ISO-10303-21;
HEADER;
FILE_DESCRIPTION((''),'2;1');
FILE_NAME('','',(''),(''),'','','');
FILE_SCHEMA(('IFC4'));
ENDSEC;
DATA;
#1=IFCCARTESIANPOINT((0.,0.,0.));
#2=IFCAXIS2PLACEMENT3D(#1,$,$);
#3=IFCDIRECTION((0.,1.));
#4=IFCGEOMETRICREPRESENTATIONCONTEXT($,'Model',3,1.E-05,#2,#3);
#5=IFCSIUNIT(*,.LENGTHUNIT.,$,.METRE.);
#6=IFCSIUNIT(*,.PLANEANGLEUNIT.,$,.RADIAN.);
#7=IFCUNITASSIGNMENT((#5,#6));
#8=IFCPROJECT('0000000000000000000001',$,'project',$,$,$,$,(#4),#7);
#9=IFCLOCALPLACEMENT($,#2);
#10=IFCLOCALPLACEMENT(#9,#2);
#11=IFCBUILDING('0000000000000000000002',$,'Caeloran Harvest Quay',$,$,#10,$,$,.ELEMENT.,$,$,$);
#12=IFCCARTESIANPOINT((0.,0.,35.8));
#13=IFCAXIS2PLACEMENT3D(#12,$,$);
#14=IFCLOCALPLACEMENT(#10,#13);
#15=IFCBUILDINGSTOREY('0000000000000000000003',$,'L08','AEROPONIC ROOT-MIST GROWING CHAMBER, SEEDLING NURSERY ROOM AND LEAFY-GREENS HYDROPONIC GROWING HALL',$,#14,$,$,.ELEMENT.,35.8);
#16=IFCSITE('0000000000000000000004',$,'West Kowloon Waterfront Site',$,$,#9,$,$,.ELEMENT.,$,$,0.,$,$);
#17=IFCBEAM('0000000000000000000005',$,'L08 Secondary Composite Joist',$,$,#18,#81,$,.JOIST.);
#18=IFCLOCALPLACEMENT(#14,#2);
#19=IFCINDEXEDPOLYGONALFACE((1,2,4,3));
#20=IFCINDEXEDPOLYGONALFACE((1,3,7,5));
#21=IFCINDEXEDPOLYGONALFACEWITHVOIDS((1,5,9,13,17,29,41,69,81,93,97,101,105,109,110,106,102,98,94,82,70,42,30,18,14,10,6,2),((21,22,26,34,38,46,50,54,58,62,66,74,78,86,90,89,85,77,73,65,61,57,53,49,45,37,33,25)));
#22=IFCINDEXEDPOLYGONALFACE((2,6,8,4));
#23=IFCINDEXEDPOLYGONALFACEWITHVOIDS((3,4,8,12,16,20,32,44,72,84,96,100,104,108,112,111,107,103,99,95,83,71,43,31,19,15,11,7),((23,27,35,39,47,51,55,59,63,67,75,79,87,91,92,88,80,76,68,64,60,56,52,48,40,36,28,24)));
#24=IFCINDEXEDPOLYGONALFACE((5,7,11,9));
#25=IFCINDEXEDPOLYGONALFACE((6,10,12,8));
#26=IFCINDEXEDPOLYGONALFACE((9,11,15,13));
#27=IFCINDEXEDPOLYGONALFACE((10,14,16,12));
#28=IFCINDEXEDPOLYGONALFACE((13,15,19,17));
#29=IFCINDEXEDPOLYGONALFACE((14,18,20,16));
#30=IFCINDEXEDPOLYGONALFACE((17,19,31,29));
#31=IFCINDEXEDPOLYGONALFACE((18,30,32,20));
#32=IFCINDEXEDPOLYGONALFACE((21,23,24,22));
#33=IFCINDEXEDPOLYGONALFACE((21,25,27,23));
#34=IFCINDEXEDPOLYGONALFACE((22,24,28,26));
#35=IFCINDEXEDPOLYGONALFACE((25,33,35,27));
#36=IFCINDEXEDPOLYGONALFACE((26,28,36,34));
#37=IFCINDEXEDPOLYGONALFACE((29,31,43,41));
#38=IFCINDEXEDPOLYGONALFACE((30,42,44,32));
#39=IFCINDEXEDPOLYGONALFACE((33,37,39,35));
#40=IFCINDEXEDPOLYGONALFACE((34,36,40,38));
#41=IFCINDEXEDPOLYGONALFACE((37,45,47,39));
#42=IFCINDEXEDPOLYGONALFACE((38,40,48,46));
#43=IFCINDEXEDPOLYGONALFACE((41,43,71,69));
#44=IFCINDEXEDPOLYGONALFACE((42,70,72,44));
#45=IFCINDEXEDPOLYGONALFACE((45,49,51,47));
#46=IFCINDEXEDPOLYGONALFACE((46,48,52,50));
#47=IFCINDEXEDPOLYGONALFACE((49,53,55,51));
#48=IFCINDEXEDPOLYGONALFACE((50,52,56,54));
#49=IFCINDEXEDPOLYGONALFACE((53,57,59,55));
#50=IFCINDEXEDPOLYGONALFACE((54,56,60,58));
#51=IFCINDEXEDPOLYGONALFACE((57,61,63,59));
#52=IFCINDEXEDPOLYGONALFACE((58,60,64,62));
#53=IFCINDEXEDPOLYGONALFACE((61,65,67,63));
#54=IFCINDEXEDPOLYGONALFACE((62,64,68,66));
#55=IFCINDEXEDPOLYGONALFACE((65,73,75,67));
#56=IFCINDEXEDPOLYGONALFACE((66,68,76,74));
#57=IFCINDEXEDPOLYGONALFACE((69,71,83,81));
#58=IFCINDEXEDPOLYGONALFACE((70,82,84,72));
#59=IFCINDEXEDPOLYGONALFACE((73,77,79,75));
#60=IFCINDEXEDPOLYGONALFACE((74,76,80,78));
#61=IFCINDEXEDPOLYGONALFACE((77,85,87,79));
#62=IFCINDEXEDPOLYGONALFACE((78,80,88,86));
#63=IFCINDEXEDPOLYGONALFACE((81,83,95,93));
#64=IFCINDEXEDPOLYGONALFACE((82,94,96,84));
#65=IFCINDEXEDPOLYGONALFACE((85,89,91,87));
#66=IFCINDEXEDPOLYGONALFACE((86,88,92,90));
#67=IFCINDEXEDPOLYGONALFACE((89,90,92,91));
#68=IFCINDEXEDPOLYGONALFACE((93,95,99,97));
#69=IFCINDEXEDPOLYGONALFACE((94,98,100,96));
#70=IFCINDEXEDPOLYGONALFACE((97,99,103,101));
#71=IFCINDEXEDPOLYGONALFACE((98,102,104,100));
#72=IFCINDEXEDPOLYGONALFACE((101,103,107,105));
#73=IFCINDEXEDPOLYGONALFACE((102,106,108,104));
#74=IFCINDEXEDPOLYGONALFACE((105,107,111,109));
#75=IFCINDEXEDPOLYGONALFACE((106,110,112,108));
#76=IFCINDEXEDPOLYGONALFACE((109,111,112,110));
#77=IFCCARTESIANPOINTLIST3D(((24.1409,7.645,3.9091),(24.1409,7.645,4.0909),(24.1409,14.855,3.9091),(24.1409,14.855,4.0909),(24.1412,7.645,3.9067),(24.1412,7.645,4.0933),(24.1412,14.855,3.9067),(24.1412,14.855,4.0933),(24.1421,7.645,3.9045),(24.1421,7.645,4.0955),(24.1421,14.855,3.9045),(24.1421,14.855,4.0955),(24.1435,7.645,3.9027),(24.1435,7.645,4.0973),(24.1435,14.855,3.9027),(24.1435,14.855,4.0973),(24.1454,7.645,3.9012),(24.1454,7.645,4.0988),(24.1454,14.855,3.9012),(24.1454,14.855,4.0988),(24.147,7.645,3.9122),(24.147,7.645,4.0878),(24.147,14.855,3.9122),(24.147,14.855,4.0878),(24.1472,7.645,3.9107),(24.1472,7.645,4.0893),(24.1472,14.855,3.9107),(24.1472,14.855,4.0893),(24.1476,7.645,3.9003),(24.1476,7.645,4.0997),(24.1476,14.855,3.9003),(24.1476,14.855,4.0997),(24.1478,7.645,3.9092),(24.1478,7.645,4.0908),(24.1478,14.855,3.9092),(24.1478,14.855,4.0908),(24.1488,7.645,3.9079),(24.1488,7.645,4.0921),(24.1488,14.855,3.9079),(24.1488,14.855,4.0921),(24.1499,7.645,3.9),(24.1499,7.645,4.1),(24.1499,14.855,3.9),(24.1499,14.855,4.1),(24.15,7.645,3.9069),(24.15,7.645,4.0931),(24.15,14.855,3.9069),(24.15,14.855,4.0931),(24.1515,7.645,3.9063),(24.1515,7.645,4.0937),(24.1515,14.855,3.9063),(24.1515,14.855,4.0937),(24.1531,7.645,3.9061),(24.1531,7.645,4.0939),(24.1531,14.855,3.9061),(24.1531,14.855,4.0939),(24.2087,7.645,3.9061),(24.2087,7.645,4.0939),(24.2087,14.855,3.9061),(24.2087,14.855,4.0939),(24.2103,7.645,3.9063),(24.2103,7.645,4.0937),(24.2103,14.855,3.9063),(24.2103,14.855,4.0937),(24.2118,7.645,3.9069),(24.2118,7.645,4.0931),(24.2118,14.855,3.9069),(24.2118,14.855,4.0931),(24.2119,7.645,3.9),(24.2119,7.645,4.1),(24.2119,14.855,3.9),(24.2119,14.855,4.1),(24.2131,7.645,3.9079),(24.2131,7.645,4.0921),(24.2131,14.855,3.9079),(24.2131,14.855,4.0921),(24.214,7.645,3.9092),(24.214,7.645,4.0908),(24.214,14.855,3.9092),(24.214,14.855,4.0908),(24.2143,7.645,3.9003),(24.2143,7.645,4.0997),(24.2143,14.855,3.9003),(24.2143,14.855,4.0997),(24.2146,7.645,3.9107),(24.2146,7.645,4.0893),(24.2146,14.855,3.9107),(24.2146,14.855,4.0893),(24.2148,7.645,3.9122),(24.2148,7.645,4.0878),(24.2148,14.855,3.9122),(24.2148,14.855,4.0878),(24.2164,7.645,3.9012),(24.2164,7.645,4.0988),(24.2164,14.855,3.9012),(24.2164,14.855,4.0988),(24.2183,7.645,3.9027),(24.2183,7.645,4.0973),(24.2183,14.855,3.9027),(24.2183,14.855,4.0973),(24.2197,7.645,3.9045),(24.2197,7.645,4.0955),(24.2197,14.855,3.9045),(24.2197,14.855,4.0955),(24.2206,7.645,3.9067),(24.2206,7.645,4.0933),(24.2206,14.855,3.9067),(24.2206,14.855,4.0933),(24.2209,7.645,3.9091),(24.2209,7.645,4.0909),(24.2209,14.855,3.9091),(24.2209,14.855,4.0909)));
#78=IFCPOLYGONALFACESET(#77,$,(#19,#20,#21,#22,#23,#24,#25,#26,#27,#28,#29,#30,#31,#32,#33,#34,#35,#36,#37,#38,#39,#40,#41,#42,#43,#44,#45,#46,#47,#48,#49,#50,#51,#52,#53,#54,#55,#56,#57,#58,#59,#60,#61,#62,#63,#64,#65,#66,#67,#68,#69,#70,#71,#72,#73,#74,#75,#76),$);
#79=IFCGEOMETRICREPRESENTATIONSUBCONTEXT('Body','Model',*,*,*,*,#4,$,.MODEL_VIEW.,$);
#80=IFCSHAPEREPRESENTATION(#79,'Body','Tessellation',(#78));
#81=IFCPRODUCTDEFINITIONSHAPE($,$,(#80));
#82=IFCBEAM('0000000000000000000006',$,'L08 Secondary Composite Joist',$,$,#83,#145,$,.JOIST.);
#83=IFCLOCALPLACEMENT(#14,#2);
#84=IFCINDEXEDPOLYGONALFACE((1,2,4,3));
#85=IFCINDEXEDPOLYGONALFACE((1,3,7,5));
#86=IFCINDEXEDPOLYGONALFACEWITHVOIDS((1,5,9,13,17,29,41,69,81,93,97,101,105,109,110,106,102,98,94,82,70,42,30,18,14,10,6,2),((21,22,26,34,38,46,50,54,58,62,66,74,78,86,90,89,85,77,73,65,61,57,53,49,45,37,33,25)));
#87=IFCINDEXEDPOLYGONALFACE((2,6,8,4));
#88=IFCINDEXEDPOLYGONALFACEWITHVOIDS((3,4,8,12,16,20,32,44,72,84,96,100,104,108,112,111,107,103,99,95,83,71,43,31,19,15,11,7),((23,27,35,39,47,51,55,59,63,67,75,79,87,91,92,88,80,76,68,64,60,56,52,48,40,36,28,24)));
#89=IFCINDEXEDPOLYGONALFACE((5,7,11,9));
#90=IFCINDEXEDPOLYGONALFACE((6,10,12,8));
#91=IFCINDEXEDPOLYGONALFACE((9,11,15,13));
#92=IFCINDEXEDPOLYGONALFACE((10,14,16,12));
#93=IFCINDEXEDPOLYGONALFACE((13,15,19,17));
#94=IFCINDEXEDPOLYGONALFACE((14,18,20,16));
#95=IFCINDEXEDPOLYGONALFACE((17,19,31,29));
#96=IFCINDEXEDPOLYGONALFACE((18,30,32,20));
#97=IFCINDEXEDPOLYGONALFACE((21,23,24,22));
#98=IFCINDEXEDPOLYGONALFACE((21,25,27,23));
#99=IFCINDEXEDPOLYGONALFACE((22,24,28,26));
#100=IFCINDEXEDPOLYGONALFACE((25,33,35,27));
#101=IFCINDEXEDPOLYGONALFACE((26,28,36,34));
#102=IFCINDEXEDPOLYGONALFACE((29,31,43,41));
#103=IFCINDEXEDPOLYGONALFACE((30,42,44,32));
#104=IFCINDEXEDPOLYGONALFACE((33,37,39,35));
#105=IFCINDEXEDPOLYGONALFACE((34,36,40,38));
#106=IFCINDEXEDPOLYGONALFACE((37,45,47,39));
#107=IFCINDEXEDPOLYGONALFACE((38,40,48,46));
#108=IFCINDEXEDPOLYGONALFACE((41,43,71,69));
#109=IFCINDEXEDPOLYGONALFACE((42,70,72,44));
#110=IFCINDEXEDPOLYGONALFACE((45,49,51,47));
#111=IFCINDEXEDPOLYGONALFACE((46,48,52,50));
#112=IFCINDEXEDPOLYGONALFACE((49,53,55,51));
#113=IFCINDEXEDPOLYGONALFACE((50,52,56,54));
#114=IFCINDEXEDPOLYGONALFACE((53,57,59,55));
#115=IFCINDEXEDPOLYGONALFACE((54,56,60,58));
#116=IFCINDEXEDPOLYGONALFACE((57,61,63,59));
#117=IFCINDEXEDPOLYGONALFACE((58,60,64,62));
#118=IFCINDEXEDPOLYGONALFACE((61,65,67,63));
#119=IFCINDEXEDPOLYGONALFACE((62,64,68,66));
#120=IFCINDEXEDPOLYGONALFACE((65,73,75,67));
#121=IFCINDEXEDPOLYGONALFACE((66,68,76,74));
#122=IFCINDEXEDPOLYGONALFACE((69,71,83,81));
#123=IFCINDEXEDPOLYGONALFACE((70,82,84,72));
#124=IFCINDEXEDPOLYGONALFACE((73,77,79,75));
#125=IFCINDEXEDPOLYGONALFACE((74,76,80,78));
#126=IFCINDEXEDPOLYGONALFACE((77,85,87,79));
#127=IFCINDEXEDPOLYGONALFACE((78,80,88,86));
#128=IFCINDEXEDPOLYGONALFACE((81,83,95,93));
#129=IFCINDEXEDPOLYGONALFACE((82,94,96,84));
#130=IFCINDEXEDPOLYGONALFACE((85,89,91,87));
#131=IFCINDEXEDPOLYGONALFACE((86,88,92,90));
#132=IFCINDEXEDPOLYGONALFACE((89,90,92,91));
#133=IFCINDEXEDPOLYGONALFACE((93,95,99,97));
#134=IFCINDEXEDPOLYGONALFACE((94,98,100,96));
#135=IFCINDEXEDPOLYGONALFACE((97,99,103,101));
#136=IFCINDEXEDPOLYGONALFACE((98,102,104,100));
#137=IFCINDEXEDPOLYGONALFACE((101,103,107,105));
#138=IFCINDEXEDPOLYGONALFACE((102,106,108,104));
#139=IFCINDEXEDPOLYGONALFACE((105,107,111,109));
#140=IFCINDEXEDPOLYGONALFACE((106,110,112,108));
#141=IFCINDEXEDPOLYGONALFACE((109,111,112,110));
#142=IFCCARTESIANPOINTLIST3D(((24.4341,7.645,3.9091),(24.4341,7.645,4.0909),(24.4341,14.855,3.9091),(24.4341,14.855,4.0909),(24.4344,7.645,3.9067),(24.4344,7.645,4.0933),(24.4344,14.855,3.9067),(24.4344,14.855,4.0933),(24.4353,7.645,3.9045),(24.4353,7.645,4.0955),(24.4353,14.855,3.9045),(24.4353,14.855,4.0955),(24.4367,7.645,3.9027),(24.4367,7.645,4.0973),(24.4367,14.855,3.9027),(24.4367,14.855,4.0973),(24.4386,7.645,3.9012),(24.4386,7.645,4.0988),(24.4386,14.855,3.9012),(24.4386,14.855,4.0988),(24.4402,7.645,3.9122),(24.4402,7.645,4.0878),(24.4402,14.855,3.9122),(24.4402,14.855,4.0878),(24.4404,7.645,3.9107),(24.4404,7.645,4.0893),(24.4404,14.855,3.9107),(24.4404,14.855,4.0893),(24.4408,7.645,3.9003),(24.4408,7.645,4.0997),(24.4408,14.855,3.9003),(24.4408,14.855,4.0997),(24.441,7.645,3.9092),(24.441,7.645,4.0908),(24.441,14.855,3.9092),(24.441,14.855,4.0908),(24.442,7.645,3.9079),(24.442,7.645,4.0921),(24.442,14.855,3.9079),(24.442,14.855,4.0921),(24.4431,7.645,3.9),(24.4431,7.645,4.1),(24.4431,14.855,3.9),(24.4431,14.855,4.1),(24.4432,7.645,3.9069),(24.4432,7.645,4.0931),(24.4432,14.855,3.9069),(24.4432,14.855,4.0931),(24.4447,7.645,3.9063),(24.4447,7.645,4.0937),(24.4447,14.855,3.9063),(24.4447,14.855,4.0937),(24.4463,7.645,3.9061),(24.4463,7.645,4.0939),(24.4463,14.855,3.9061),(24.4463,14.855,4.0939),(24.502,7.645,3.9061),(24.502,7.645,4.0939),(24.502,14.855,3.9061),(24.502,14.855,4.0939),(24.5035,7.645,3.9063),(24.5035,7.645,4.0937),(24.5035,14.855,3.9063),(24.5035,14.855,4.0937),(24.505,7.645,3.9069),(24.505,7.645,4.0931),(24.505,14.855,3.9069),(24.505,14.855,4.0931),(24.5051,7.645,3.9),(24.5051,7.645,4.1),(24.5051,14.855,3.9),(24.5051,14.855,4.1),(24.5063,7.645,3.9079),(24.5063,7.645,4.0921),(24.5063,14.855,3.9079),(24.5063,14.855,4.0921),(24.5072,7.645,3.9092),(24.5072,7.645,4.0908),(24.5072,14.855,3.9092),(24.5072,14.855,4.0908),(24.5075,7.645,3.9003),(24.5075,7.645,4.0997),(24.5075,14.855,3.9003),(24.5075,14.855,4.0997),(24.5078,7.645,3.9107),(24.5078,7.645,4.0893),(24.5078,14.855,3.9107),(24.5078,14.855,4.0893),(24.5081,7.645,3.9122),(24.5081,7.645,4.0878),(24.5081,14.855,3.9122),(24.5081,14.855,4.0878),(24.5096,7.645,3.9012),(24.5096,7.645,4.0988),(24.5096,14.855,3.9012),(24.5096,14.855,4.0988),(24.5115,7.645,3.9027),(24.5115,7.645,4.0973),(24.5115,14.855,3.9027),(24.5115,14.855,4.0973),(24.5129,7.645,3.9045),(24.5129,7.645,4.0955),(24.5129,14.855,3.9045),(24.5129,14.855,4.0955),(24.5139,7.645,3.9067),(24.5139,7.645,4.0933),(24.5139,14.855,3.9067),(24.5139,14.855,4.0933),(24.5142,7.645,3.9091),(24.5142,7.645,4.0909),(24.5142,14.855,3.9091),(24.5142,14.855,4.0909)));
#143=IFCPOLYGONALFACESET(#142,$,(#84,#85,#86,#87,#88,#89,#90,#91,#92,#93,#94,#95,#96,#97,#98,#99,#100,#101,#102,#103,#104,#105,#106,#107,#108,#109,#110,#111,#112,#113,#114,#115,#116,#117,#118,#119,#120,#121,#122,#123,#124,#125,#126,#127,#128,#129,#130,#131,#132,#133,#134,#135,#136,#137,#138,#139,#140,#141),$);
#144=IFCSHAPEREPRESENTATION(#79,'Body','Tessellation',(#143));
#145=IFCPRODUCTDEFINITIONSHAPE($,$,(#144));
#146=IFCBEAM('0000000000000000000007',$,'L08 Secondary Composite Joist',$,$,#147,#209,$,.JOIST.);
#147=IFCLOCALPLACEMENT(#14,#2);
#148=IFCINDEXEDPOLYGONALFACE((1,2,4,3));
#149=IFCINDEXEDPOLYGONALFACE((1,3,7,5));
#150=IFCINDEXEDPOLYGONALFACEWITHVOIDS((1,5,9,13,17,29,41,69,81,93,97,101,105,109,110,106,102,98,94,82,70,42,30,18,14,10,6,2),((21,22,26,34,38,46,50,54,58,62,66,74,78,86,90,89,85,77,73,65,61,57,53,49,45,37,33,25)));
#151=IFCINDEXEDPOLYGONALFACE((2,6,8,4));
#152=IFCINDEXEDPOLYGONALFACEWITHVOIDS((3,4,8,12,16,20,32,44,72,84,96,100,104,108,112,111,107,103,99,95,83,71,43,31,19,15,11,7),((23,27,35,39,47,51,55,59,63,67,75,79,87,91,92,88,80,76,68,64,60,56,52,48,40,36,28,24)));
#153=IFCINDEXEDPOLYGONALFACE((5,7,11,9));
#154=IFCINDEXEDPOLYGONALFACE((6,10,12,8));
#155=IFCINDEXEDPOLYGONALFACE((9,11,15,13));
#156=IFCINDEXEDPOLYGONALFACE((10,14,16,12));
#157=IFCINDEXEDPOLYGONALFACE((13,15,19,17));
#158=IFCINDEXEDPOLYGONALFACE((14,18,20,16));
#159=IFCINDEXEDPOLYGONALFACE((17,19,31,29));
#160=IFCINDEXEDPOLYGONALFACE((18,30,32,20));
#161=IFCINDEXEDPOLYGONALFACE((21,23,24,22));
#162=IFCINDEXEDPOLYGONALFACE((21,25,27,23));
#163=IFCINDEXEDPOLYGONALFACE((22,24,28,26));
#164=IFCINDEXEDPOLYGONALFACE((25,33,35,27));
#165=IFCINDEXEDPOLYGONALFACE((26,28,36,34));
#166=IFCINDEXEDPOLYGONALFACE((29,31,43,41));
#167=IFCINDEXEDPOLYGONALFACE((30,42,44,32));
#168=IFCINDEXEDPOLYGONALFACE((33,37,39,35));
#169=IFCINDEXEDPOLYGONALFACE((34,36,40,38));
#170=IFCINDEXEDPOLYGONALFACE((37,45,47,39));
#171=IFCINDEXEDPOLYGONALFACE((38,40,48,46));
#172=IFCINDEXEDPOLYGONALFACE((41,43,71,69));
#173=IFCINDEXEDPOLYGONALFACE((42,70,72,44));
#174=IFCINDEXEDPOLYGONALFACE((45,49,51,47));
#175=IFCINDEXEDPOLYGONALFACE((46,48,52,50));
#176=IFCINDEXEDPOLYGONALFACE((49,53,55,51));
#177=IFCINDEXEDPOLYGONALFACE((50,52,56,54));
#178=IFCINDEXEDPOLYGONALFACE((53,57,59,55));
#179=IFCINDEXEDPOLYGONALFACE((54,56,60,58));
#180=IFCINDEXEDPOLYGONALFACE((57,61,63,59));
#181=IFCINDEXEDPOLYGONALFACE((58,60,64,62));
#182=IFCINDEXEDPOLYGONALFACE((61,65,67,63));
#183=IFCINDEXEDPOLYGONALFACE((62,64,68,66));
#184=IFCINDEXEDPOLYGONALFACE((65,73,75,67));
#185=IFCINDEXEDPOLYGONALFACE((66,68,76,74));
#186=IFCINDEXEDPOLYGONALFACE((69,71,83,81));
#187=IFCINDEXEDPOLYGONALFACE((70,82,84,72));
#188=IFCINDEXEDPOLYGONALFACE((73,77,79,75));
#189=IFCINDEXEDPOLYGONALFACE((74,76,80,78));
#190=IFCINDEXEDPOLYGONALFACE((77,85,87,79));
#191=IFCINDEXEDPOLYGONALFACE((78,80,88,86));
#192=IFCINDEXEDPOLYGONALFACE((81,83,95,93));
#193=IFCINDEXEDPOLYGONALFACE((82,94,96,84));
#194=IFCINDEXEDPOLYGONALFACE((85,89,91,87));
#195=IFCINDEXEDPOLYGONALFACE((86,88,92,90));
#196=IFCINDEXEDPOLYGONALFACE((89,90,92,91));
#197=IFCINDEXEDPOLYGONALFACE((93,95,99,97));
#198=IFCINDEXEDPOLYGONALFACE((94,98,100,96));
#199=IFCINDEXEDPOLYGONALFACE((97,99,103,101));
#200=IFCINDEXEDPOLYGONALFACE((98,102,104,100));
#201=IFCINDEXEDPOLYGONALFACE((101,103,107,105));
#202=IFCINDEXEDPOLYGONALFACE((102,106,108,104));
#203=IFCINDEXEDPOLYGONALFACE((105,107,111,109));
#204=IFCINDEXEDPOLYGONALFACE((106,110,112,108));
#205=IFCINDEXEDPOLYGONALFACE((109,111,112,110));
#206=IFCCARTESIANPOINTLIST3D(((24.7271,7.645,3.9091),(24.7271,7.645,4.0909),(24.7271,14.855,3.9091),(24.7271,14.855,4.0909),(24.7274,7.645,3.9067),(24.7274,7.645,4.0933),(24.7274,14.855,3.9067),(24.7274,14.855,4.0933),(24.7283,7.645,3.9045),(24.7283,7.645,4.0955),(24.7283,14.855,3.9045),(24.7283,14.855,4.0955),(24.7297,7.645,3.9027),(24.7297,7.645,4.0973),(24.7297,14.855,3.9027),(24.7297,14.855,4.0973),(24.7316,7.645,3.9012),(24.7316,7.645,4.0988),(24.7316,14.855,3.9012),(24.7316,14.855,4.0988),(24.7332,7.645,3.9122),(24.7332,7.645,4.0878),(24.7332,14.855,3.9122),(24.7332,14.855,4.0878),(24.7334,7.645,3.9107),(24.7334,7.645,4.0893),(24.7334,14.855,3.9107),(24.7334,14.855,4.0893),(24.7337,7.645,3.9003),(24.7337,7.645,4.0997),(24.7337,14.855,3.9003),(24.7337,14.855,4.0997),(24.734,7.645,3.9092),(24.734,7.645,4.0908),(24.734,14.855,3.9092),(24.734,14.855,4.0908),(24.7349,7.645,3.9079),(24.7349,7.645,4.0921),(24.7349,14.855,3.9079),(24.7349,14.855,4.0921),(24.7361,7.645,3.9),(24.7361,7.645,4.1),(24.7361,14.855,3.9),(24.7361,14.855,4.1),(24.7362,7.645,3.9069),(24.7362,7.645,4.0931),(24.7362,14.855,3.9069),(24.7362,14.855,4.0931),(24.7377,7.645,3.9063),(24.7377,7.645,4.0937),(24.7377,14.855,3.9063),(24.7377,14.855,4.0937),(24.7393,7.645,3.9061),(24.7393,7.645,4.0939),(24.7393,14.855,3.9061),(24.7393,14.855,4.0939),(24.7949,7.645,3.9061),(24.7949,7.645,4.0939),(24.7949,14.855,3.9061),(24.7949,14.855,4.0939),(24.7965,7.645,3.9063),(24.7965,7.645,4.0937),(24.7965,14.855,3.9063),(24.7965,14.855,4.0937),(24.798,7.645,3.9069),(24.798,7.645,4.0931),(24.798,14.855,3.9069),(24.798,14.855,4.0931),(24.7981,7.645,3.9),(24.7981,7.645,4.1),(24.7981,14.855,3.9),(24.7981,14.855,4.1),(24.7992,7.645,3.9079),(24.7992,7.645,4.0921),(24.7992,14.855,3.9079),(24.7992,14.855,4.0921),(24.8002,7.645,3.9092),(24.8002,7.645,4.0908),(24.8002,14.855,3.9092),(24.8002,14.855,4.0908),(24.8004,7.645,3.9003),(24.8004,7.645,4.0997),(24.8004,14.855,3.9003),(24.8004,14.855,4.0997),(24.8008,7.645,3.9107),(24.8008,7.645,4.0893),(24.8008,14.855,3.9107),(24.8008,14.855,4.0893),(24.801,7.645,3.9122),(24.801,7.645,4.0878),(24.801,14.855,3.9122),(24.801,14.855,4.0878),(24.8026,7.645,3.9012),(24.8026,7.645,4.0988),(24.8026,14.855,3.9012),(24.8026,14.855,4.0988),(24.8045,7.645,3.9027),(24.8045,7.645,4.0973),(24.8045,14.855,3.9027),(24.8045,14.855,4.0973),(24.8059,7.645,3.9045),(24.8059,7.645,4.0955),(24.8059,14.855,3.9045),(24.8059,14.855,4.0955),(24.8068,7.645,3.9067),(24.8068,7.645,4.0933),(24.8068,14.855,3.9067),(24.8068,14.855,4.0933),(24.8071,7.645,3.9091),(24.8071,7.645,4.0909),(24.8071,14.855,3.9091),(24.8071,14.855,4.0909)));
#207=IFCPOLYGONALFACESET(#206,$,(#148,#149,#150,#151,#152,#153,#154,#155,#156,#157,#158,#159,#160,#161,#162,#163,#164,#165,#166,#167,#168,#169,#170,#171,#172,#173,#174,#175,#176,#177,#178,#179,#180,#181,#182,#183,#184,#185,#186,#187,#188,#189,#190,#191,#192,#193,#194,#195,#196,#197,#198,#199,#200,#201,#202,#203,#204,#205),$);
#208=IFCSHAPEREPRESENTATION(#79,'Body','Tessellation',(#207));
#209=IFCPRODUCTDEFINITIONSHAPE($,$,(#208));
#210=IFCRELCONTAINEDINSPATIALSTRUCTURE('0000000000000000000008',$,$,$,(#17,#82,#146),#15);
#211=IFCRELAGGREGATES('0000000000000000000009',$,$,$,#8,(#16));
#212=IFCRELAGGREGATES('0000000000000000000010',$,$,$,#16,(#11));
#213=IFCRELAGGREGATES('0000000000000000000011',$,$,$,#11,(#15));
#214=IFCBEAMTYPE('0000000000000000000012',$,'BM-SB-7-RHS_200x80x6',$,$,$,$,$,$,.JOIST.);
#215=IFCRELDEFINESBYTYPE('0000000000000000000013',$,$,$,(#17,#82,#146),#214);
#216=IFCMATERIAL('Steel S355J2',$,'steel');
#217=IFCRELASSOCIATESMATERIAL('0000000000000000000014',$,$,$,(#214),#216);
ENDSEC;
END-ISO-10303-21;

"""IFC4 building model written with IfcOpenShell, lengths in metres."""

from ifc_helpers import new_model, si_unit, direction, frame, origin, origin_2d, place, context, subcontext, project, spatial, hollow_rectangle, extrude, material, material_profile, profile_set, type_object, element, save


model = new_model("IFC4")

# Units and contexts
model_context = context("Model", 3, precision=1e-05, world=origin(), true_north=direction((0.0, 1.0)))
body_context = subcontext(model_context, "Body", "Model", "MODEL_VIEW")
ifc_project = project(units=[si_unit("LENGTHUNIT", "METRE"), si_unit("PLANEANGLEUNIT", "RADIAN")], contexts=[model_context])

# Site, building, storey
site_placement = place(None, origin())
site = spatial("IfcSite", under=ifc_project, at=site_placement, Name="West Kowloon Waterfront Site", CompositionType="ELEMENT", RefElevation=0.0)
building_placement = place(site_placement, origin())
building = spatial("IfcBuilding", under=site, at=building_placement, Name="Caeloran Harvest Quay", CompositionType="ELEMENT")
storey_placement = place(building_placement, frame((0.0, 0.0, 35.8)))
storey = spatial("IfcBuildingStorey", under=building, at=storey_placement, Name="L08", Description="AEROPONIC ROOT-MIST GROWING CHAMBER, SEEDLING NURSERY ROOM AND LEAFY-GREENS HYDROPONIC GROWING HALL", CompositionType="ELEMENT", Elevation=35.8)

# Beams
ifc_material_1 = material(Name="Steel S355J2", Category="steel")
ifc_material_profile_1 = material_profile(ifc_material_1, hollow_rectangle(XDim=0.0801, YDim=0.2, WallThickness=0.0061, InnerFilletRadius=0.0061, OuterFilletRadius=0.009, at=origin_2d()), Name="RHS 200x80x6")
ifc_profile_set_1 = profile_set([ifc_material_profile_1], Name="Steel S355J2")
beam_type_1 = type_object("IfcBeamType", Name="BM-SB-7-RHS_200x80x6", PredefinedType="JOIST", material=ifc_profile_set_1)
for number, where, z_axis, x_axis, name in (
    (1, (24.1809, 7.645, 4.0), (0.0, 1.0, 0.0), (-1.0, 0.0, 0.0), "L08 Secondary Composite Joist"),
    (2, (24.4741, 7.645, 4.0), (0.0, 1.0, 0.0), (-1.0, 0.0, 0.0), "L08 Secondary Composite Joist"),
    (3, (24.7671, 7.645, 4.0), (0.0, 1.0, 0.0), (-1.0, 0.0, 0.0), "L08 Secondary Composite Joist"),
):
    element("IfcBeam", number, at=place(storey_placement, frame(where, z_axis=z_axis, x_axis=x_axis)), inside=storey, type_object=beam_type_1, Name=name, PredefinedType="JOIST", context=body_context, shape_type="SweptSolid", body=[
        extrude(hollow_rectangle(XDim=0.0801, YDim=0.2, WallThickness=0.0061, InnerFilletRadius=0.0061, OuterFilletRadius=0.009, at=origin_2d()), origin(), (0.0, 0.0, 1.0), 7.21),
    ])

save(model, "model.ifc")
